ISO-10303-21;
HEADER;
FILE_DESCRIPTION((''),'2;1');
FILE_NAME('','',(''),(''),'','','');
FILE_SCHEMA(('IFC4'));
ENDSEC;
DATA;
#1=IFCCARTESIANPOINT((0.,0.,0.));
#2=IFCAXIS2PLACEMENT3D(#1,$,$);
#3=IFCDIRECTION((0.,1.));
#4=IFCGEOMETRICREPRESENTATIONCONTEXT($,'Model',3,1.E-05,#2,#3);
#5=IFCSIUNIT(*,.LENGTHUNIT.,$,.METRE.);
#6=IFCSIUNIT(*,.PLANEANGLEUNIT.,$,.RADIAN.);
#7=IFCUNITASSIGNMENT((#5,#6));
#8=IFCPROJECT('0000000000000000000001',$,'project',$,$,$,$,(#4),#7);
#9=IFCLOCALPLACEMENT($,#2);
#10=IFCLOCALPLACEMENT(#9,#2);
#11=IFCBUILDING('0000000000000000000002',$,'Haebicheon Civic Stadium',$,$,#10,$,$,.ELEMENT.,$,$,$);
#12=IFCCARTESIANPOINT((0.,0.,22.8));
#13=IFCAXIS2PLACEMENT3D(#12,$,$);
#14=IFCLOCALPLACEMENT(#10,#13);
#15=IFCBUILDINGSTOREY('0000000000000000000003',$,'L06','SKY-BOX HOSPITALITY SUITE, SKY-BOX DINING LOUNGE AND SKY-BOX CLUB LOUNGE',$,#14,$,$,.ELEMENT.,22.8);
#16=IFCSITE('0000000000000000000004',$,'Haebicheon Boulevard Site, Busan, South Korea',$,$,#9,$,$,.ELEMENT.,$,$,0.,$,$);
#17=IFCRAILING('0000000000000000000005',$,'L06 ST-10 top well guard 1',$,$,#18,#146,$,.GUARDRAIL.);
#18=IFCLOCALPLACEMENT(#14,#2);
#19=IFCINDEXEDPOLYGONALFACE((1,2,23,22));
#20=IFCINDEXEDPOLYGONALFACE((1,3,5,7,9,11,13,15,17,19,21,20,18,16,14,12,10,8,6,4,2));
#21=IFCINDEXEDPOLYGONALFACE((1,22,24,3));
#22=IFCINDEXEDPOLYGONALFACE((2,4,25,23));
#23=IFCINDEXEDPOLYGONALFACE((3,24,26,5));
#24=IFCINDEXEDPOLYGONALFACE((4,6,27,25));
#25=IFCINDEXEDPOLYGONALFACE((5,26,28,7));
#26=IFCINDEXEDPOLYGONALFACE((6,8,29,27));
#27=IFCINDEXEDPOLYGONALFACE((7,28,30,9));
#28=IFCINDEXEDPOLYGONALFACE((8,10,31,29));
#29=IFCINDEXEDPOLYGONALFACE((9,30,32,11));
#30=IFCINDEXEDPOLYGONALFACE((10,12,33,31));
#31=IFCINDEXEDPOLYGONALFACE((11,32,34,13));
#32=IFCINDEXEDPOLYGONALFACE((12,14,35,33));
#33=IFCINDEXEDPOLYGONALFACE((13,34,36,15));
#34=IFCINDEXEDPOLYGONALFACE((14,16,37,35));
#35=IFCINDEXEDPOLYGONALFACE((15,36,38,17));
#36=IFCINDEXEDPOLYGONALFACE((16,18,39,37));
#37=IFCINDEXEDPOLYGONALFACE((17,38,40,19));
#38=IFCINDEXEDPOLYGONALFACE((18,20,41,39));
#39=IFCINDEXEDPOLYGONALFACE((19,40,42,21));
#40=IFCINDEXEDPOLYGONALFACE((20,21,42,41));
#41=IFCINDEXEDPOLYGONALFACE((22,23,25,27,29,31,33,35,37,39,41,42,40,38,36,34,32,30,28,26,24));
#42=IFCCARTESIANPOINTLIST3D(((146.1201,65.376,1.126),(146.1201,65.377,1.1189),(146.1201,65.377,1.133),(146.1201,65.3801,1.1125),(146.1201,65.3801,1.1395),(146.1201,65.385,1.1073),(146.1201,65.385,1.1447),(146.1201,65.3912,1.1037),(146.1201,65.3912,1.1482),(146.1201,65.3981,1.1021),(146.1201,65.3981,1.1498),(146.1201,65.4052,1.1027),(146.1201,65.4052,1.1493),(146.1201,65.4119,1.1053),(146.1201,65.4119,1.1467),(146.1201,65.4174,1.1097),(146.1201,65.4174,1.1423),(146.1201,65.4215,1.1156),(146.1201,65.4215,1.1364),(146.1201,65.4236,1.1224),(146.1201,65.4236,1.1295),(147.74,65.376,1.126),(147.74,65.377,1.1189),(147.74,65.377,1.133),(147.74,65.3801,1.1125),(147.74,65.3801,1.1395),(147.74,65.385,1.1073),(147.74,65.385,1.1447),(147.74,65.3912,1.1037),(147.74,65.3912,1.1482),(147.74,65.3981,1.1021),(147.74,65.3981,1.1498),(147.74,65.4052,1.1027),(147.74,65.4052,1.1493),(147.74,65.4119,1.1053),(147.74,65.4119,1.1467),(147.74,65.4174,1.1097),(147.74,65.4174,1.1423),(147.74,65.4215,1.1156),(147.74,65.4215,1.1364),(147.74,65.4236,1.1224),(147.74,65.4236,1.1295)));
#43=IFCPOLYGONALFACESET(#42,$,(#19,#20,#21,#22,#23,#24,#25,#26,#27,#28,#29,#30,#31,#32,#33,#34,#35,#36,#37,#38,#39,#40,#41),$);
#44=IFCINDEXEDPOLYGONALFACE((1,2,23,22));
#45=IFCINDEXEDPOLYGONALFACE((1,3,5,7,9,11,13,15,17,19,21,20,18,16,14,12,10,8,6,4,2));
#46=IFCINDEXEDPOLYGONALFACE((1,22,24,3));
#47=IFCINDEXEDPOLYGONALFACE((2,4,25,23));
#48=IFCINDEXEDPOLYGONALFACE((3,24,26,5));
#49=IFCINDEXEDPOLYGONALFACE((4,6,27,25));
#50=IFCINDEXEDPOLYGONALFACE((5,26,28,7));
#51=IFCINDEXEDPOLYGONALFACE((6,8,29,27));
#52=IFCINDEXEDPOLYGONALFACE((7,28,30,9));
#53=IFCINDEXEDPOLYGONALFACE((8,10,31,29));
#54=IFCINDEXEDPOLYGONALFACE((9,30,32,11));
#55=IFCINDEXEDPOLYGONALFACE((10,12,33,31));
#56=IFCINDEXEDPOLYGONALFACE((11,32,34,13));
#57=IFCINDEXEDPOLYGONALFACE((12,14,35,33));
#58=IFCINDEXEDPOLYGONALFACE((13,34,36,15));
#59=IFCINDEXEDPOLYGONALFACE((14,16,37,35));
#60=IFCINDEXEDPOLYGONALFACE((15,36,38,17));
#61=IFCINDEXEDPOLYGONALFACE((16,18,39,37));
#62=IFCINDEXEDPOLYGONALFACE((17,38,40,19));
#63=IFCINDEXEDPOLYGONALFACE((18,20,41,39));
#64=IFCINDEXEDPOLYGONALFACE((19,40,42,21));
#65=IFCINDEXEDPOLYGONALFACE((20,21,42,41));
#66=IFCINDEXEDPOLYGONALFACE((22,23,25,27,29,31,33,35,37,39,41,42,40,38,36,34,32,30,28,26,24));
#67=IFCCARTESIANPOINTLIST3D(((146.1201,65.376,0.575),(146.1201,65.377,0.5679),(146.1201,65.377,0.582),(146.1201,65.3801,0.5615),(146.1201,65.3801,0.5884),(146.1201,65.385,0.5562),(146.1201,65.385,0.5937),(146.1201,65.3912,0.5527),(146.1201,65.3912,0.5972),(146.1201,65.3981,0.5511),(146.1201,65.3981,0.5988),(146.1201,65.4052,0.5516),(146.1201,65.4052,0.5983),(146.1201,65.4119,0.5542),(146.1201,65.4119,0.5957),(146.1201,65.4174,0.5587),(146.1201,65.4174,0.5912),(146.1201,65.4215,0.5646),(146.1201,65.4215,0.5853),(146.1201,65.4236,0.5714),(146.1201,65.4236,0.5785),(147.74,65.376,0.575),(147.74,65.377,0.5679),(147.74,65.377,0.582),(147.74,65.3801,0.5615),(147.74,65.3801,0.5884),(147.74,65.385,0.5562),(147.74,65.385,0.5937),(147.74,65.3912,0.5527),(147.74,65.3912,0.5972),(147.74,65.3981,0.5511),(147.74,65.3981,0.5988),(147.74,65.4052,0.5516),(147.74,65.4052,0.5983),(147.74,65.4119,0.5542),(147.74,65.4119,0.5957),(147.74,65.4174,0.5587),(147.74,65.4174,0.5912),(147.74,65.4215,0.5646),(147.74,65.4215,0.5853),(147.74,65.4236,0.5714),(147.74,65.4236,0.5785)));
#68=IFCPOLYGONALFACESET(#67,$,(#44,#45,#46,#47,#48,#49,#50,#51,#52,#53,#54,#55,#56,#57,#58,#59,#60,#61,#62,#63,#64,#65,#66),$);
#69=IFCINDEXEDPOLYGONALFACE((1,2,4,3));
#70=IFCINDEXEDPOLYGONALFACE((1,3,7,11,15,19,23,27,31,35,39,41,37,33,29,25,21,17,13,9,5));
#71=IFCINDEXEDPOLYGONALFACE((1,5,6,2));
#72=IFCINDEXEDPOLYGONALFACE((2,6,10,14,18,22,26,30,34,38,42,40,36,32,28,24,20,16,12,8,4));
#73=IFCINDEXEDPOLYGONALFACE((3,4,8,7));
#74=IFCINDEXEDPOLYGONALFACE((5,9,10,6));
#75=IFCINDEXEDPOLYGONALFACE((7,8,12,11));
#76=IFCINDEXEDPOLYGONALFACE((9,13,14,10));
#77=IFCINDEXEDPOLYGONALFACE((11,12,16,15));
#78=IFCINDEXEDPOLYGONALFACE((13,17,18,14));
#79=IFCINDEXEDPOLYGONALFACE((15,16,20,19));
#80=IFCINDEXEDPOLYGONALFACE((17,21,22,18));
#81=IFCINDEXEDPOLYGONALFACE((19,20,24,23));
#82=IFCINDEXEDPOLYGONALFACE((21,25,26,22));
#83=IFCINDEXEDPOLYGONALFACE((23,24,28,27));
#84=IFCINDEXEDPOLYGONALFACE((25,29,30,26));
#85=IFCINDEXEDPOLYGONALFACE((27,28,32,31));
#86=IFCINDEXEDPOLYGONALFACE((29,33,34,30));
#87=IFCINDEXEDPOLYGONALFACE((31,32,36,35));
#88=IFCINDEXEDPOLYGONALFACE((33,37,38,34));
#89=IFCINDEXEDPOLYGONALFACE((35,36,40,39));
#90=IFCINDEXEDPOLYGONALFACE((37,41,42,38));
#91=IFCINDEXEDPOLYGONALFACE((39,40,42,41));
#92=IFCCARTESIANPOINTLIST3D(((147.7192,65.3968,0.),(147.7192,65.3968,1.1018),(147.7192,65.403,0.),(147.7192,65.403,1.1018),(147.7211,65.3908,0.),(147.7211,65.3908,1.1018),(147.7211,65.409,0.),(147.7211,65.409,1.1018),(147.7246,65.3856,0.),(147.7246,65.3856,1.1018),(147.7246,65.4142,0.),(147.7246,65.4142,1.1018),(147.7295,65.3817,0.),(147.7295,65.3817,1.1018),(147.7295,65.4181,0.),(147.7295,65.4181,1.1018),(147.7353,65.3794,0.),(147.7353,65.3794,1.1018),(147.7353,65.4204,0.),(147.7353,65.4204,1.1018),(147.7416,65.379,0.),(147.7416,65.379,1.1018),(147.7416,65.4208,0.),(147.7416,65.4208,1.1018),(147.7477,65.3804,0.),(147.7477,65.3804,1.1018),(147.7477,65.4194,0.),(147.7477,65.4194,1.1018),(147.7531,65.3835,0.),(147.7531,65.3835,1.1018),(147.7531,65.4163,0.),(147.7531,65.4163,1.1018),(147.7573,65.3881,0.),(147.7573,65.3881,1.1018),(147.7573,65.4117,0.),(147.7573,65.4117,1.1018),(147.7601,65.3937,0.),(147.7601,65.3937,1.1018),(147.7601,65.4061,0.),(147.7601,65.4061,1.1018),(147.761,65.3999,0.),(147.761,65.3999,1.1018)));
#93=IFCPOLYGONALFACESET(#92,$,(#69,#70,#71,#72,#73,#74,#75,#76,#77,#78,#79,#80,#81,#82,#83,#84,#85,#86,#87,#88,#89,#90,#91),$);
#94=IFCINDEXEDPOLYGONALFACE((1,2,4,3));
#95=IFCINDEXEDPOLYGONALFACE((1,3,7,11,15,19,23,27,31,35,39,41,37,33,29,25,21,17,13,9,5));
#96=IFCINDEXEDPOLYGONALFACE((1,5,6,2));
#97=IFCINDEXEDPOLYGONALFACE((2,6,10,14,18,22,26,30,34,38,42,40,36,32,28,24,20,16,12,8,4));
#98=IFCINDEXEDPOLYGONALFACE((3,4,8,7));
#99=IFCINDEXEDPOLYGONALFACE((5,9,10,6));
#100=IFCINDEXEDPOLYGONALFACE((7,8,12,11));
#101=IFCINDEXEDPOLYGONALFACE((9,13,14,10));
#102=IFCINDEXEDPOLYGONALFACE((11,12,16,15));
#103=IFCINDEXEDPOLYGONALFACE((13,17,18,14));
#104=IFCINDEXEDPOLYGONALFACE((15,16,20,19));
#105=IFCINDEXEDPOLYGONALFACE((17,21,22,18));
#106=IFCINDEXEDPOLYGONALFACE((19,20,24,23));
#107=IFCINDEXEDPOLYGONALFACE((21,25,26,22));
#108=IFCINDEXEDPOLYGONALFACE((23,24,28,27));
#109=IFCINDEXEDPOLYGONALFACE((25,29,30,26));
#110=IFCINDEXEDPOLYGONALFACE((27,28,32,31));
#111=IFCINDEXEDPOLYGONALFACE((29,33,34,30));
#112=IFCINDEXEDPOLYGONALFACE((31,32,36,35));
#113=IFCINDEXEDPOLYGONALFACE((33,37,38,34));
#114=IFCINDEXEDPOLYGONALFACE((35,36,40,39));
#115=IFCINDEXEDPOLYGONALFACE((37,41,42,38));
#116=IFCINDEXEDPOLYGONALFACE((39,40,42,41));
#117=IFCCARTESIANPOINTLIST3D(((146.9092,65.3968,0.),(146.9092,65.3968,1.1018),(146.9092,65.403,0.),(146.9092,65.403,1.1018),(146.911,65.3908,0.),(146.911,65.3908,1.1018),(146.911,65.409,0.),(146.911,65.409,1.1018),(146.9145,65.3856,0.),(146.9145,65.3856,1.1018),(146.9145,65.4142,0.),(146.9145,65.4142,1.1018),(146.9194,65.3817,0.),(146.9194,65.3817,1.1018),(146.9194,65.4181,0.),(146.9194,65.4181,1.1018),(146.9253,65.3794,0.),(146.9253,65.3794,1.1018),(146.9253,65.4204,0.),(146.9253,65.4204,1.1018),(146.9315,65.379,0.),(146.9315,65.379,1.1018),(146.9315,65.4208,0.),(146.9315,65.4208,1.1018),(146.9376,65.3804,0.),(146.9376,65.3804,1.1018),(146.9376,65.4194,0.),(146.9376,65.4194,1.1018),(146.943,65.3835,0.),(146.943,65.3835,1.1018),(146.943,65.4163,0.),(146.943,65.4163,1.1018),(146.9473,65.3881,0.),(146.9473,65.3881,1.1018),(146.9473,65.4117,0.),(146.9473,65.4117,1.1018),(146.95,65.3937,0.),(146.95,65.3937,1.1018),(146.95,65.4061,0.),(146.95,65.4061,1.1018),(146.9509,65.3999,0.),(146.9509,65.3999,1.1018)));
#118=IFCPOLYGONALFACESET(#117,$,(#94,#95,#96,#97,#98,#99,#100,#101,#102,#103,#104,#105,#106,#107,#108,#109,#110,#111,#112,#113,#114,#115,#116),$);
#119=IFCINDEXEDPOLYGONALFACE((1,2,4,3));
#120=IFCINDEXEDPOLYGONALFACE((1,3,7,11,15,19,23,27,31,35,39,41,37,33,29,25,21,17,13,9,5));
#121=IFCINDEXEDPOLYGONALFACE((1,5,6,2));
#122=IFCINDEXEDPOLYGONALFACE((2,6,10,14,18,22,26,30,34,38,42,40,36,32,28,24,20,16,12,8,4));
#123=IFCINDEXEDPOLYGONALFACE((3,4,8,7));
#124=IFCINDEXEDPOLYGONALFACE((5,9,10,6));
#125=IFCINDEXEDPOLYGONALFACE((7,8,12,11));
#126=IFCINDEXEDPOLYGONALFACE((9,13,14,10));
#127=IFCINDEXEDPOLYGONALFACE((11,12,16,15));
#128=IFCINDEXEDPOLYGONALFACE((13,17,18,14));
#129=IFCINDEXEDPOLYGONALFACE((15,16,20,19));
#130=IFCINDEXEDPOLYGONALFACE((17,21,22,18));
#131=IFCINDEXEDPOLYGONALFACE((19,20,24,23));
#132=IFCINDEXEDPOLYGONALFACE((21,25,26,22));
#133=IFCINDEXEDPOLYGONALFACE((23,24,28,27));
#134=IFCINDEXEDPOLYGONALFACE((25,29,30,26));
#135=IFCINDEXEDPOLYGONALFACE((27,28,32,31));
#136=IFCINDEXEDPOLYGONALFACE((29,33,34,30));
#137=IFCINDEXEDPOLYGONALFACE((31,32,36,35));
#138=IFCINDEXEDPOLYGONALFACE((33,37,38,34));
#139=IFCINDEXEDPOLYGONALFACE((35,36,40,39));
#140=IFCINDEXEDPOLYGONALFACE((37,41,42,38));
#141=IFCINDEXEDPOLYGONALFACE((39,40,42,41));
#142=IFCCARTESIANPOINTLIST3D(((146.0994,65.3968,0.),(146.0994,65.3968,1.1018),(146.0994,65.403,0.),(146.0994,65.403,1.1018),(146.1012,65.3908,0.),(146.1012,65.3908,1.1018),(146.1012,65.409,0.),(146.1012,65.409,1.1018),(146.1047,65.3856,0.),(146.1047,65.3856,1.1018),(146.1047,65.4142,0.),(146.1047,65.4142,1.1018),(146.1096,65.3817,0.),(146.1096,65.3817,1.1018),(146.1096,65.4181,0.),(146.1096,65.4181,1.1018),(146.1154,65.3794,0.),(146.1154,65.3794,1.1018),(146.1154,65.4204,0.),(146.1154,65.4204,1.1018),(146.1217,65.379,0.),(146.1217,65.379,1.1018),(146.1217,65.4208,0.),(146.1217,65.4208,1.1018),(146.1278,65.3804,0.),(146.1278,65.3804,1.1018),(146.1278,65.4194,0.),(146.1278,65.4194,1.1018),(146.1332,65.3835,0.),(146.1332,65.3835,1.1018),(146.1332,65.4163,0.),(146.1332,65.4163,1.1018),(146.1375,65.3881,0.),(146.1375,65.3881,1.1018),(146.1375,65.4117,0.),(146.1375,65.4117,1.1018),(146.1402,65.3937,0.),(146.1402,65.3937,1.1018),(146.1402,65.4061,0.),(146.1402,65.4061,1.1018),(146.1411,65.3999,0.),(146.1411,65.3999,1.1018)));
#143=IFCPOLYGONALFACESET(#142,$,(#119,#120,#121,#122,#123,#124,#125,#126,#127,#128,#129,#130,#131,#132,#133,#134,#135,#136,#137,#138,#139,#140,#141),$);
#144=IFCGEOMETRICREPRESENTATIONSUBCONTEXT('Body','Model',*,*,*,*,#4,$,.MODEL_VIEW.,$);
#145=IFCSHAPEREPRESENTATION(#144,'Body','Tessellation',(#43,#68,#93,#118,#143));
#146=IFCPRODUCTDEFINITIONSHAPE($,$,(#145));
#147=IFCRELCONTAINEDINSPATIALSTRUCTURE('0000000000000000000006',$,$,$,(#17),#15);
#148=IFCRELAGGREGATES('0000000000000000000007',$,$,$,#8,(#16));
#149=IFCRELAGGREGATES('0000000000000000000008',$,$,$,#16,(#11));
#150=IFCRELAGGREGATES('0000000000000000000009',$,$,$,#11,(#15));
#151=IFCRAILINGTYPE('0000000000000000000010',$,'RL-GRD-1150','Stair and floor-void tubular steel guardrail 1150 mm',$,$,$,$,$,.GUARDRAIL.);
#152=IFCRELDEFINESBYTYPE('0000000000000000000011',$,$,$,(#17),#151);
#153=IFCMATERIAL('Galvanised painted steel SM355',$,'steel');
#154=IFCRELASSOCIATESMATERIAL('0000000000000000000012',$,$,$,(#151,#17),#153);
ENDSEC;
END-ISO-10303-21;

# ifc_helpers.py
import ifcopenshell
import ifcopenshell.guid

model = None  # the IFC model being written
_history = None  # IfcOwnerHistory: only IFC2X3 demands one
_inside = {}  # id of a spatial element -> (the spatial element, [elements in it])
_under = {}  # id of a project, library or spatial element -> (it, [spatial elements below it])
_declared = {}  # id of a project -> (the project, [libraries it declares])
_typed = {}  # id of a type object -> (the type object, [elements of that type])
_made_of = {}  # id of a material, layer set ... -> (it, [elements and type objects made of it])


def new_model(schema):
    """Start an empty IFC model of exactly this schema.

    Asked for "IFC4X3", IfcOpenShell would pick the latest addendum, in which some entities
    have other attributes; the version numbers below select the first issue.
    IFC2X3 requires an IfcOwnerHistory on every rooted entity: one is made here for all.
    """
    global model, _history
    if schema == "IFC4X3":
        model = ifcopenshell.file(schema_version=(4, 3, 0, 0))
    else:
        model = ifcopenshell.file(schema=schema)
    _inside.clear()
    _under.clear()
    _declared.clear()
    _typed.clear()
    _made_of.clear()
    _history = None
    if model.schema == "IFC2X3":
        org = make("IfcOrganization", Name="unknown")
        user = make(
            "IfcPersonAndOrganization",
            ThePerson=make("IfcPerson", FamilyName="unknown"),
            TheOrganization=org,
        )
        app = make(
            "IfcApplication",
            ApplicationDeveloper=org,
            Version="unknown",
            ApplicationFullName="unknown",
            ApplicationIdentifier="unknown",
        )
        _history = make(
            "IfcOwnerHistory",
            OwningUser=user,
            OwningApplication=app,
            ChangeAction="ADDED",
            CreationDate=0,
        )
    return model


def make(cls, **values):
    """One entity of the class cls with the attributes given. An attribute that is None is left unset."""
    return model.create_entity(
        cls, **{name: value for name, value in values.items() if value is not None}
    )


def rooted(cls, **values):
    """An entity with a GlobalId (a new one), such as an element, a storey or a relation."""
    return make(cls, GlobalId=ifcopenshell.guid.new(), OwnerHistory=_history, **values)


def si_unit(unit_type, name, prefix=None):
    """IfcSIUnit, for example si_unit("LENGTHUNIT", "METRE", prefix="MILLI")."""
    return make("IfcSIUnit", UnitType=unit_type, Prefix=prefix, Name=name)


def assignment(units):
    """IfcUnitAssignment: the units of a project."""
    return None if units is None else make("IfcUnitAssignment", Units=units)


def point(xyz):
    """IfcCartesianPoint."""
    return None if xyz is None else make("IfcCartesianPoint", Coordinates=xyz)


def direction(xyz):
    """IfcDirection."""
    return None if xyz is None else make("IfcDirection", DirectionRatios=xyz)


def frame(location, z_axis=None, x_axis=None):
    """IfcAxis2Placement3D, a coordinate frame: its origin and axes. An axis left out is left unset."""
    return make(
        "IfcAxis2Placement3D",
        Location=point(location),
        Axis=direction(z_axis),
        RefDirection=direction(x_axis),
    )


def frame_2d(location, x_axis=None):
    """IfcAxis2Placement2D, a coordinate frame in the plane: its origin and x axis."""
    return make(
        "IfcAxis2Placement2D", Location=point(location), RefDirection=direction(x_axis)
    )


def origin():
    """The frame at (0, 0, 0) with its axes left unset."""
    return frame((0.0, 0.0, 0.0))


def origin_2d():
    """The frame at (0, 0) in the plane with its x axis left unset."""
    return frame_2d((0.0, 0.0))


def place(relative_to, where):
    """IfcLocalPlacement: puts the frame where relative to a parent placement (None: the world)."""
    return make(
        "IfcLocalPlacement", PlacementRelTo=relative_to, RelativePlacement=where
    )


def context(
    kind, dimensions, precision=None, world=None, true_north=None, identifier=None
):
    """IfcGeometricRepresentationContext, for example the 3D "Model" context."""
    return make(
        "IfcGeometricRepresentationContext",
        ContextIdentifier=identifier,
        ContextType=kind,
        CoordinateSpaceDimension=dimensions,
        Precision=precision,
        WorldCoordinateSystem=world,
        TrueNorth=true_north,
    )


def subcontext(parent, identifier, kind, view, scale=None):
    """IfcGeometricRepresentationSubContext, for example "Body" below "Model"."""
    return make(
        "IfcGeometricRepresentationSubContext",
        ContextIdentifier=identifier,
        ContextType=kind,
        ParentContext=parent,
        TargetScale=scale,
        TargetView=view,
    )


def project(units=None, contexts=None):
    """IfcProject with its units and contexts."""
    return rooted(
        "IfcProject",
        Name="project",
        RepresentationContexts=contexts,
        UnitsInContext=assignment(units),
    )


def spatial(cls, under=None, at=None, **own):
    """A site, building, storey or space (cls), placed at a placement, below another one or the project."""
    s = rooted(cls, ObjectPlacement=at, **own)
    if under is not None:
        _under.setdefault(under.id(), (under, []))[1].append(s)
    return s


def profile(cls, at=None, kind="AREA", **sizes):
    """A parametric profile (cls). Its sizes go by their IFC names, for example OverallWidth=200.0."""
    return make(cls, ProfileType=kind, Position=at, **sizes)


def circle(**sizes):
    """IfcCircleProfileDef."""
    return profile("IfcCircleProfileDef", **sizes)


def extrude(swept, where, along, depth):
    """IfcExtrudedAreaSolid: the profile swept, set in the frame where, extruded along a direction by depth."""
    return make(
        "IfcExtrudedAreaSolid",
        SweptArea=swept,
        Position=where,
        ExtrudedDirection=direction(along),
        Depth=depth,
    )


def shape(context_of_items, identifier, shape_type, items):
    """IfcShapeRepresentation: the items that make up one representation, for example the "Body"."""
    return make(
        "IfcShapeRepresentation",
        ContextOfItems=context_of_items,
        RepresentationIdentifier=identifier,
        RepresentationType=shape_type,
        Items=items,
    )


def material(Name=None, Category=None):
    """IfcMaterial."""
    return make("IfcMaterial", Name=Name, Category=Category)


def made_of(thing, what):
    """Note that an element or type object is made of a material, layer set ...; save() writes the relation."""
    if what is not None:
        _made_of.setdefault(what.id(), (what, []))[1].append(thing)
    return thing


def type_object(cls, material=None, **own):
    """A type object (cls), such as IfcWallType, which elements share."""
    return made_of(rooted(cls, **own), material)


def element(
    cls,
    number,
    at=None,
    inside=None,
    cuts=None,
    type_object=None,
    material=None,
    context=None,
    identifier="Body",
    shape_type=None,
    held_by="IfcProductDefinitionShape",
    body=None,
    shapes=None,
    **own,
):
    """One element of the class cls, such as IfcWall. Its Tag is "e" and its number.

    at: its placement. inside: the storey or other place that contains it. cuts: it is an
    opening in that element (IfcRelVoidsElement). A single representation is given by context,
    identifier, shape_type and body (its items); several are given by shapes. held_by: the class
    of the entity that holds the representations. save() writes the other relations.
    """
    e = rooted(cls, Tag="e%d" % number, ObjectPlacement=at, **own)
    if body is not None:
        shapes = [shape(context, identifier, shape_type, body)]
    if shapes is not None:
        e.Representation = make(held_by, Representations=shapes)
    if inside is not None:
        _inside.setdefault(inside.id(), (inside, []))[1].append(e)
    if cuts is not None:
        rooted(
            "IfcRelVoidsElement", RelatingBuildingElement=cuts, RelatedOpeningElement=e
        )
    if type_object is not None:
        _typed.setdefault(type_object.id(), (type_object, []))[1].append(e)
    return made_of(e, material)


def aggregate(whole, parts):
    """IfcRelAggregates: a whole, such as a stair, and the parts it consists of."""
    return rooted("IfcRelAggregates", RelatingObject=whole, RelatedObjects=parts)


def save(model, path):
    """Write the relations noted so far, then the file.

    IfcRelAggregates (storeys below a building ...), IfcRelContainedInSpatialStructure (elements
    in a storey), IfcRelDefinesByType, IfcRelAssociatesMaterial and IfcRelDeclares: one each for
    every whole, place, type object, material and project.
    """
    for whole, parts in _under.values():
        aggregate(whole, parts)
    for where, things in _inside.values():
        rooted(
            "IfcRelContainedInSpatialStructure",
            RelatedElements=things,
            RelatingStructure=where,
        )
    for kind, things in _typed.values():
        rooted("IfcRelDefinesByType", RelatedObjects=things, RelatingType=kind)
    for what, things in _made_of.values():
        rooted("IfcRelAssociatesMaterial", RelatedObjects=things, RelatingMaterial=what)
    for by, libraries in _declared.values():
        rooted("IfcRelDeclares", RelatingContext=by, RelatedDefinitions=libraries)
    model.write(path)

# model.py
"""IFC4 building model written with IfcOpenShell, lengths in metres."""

from ifc_helpers import new_model, si_unit, direction, frame, origin, origin_2d, place, context, subcontext, project, spatial, circle, extrude, material, type_object, element, save


model = new_model("IFC4")

# Units and contexts
model_context = context("Model", 3, precision=1e-05, world=origin(), true_north=direction((0.0, 1.0)))
body_context = subcontext(model_context, "Body", "Model", "MODEL_VIEW")
ifc_project = project(units=[si_unit("LENGTHUNIT", "METRE"), si_unit("PLANEANGLEUNIT", "RADIAN")], contexts=[model_context])

# Site, building, storey
site_placement = place(None, origin())
site = spatial("IfcSite", under=ifc_project, at=site_placement, Name="Haebicheon Boulevard Site, Busan, South Korea", CompositionType="ELEMENT", RefElevation=0.0)
building_placement = place(site_placement, origin())
building = spatial("IfcBuilding", under=site, at=building_placement, Name="Haebicheon Civic Stadium", CompositionType="ELEMENT")
storey_placement = place(building_placement, frame((0.0, 0.0, 22.8)))
storey = spatial("IfcBuildingStorey", under=building, at=storey_placement, Name="L06", Description="SKY-BOX HOSPITALITY SUITE, SKY-BOX DINING LOUNGE AND SKY-BOX CLUB LOUNGE", CompositionType="ELEMENT", Elevation=22.8)

# Railing
ifc_material_1 = material(Name="Galvanised painted steel SM355", Category="steel")
railing_type = type_object("IfcRailingType", Name="RL-GRD-1150", Description="Stair and floor-void tubular steel guardrail 1150 mm", PredefinedType="GUARDRAIL", material=ifc_material_1)
railing_1_placement = place(storey_placement, frame((147.74, 65.3999, 0.0)))
element("IfcRailing", 1, at=railing_1_placement, inside=storey, type_object=railing_type, material=ifc_material_1, Name="L06 ST-10 top well guard 1", PredefinedType="GUARDRAIL", context=body_context, shape_type="SweptSolid", body=[
    extrude(circle(Radius=0.0239, at=origin_2d()), frame((0.0, 0.0, 1.126), z_axis=(-1.0, 0.0, 0.0), x_axis=(0.0, -1.0, 0.0)), (0.0, 0.0, 1.0), 1.6199),
    extrude(circle(Radius=0.0239, at=origin_2d()), frame((0.0, 0.0, 0.575), z_axis=(-1.0, 0.0, 0.0), x_axis=(0.0, -1.0, 0.0)), (0.0, 0.0, 1.0), 1.6199),
    extrude(circle(Radius=0.021, at=origin_2d()), origin(), (0.0, 0.0, 1.0), 1.1018),
    extrude(circle(Radius=0.021, at=origin_2d()), frame((-0.8101, 0.0, 0.0)), (0.0, 0.0, 1.0), 1.1018),
    extrude(circle(Radius=0.021, at=origin_2d()), frame((-1.6199, 0.0, 0.0)), (0.0, 0.0, 1.0), 1.1018),
])

save(model, "model.ifc")
